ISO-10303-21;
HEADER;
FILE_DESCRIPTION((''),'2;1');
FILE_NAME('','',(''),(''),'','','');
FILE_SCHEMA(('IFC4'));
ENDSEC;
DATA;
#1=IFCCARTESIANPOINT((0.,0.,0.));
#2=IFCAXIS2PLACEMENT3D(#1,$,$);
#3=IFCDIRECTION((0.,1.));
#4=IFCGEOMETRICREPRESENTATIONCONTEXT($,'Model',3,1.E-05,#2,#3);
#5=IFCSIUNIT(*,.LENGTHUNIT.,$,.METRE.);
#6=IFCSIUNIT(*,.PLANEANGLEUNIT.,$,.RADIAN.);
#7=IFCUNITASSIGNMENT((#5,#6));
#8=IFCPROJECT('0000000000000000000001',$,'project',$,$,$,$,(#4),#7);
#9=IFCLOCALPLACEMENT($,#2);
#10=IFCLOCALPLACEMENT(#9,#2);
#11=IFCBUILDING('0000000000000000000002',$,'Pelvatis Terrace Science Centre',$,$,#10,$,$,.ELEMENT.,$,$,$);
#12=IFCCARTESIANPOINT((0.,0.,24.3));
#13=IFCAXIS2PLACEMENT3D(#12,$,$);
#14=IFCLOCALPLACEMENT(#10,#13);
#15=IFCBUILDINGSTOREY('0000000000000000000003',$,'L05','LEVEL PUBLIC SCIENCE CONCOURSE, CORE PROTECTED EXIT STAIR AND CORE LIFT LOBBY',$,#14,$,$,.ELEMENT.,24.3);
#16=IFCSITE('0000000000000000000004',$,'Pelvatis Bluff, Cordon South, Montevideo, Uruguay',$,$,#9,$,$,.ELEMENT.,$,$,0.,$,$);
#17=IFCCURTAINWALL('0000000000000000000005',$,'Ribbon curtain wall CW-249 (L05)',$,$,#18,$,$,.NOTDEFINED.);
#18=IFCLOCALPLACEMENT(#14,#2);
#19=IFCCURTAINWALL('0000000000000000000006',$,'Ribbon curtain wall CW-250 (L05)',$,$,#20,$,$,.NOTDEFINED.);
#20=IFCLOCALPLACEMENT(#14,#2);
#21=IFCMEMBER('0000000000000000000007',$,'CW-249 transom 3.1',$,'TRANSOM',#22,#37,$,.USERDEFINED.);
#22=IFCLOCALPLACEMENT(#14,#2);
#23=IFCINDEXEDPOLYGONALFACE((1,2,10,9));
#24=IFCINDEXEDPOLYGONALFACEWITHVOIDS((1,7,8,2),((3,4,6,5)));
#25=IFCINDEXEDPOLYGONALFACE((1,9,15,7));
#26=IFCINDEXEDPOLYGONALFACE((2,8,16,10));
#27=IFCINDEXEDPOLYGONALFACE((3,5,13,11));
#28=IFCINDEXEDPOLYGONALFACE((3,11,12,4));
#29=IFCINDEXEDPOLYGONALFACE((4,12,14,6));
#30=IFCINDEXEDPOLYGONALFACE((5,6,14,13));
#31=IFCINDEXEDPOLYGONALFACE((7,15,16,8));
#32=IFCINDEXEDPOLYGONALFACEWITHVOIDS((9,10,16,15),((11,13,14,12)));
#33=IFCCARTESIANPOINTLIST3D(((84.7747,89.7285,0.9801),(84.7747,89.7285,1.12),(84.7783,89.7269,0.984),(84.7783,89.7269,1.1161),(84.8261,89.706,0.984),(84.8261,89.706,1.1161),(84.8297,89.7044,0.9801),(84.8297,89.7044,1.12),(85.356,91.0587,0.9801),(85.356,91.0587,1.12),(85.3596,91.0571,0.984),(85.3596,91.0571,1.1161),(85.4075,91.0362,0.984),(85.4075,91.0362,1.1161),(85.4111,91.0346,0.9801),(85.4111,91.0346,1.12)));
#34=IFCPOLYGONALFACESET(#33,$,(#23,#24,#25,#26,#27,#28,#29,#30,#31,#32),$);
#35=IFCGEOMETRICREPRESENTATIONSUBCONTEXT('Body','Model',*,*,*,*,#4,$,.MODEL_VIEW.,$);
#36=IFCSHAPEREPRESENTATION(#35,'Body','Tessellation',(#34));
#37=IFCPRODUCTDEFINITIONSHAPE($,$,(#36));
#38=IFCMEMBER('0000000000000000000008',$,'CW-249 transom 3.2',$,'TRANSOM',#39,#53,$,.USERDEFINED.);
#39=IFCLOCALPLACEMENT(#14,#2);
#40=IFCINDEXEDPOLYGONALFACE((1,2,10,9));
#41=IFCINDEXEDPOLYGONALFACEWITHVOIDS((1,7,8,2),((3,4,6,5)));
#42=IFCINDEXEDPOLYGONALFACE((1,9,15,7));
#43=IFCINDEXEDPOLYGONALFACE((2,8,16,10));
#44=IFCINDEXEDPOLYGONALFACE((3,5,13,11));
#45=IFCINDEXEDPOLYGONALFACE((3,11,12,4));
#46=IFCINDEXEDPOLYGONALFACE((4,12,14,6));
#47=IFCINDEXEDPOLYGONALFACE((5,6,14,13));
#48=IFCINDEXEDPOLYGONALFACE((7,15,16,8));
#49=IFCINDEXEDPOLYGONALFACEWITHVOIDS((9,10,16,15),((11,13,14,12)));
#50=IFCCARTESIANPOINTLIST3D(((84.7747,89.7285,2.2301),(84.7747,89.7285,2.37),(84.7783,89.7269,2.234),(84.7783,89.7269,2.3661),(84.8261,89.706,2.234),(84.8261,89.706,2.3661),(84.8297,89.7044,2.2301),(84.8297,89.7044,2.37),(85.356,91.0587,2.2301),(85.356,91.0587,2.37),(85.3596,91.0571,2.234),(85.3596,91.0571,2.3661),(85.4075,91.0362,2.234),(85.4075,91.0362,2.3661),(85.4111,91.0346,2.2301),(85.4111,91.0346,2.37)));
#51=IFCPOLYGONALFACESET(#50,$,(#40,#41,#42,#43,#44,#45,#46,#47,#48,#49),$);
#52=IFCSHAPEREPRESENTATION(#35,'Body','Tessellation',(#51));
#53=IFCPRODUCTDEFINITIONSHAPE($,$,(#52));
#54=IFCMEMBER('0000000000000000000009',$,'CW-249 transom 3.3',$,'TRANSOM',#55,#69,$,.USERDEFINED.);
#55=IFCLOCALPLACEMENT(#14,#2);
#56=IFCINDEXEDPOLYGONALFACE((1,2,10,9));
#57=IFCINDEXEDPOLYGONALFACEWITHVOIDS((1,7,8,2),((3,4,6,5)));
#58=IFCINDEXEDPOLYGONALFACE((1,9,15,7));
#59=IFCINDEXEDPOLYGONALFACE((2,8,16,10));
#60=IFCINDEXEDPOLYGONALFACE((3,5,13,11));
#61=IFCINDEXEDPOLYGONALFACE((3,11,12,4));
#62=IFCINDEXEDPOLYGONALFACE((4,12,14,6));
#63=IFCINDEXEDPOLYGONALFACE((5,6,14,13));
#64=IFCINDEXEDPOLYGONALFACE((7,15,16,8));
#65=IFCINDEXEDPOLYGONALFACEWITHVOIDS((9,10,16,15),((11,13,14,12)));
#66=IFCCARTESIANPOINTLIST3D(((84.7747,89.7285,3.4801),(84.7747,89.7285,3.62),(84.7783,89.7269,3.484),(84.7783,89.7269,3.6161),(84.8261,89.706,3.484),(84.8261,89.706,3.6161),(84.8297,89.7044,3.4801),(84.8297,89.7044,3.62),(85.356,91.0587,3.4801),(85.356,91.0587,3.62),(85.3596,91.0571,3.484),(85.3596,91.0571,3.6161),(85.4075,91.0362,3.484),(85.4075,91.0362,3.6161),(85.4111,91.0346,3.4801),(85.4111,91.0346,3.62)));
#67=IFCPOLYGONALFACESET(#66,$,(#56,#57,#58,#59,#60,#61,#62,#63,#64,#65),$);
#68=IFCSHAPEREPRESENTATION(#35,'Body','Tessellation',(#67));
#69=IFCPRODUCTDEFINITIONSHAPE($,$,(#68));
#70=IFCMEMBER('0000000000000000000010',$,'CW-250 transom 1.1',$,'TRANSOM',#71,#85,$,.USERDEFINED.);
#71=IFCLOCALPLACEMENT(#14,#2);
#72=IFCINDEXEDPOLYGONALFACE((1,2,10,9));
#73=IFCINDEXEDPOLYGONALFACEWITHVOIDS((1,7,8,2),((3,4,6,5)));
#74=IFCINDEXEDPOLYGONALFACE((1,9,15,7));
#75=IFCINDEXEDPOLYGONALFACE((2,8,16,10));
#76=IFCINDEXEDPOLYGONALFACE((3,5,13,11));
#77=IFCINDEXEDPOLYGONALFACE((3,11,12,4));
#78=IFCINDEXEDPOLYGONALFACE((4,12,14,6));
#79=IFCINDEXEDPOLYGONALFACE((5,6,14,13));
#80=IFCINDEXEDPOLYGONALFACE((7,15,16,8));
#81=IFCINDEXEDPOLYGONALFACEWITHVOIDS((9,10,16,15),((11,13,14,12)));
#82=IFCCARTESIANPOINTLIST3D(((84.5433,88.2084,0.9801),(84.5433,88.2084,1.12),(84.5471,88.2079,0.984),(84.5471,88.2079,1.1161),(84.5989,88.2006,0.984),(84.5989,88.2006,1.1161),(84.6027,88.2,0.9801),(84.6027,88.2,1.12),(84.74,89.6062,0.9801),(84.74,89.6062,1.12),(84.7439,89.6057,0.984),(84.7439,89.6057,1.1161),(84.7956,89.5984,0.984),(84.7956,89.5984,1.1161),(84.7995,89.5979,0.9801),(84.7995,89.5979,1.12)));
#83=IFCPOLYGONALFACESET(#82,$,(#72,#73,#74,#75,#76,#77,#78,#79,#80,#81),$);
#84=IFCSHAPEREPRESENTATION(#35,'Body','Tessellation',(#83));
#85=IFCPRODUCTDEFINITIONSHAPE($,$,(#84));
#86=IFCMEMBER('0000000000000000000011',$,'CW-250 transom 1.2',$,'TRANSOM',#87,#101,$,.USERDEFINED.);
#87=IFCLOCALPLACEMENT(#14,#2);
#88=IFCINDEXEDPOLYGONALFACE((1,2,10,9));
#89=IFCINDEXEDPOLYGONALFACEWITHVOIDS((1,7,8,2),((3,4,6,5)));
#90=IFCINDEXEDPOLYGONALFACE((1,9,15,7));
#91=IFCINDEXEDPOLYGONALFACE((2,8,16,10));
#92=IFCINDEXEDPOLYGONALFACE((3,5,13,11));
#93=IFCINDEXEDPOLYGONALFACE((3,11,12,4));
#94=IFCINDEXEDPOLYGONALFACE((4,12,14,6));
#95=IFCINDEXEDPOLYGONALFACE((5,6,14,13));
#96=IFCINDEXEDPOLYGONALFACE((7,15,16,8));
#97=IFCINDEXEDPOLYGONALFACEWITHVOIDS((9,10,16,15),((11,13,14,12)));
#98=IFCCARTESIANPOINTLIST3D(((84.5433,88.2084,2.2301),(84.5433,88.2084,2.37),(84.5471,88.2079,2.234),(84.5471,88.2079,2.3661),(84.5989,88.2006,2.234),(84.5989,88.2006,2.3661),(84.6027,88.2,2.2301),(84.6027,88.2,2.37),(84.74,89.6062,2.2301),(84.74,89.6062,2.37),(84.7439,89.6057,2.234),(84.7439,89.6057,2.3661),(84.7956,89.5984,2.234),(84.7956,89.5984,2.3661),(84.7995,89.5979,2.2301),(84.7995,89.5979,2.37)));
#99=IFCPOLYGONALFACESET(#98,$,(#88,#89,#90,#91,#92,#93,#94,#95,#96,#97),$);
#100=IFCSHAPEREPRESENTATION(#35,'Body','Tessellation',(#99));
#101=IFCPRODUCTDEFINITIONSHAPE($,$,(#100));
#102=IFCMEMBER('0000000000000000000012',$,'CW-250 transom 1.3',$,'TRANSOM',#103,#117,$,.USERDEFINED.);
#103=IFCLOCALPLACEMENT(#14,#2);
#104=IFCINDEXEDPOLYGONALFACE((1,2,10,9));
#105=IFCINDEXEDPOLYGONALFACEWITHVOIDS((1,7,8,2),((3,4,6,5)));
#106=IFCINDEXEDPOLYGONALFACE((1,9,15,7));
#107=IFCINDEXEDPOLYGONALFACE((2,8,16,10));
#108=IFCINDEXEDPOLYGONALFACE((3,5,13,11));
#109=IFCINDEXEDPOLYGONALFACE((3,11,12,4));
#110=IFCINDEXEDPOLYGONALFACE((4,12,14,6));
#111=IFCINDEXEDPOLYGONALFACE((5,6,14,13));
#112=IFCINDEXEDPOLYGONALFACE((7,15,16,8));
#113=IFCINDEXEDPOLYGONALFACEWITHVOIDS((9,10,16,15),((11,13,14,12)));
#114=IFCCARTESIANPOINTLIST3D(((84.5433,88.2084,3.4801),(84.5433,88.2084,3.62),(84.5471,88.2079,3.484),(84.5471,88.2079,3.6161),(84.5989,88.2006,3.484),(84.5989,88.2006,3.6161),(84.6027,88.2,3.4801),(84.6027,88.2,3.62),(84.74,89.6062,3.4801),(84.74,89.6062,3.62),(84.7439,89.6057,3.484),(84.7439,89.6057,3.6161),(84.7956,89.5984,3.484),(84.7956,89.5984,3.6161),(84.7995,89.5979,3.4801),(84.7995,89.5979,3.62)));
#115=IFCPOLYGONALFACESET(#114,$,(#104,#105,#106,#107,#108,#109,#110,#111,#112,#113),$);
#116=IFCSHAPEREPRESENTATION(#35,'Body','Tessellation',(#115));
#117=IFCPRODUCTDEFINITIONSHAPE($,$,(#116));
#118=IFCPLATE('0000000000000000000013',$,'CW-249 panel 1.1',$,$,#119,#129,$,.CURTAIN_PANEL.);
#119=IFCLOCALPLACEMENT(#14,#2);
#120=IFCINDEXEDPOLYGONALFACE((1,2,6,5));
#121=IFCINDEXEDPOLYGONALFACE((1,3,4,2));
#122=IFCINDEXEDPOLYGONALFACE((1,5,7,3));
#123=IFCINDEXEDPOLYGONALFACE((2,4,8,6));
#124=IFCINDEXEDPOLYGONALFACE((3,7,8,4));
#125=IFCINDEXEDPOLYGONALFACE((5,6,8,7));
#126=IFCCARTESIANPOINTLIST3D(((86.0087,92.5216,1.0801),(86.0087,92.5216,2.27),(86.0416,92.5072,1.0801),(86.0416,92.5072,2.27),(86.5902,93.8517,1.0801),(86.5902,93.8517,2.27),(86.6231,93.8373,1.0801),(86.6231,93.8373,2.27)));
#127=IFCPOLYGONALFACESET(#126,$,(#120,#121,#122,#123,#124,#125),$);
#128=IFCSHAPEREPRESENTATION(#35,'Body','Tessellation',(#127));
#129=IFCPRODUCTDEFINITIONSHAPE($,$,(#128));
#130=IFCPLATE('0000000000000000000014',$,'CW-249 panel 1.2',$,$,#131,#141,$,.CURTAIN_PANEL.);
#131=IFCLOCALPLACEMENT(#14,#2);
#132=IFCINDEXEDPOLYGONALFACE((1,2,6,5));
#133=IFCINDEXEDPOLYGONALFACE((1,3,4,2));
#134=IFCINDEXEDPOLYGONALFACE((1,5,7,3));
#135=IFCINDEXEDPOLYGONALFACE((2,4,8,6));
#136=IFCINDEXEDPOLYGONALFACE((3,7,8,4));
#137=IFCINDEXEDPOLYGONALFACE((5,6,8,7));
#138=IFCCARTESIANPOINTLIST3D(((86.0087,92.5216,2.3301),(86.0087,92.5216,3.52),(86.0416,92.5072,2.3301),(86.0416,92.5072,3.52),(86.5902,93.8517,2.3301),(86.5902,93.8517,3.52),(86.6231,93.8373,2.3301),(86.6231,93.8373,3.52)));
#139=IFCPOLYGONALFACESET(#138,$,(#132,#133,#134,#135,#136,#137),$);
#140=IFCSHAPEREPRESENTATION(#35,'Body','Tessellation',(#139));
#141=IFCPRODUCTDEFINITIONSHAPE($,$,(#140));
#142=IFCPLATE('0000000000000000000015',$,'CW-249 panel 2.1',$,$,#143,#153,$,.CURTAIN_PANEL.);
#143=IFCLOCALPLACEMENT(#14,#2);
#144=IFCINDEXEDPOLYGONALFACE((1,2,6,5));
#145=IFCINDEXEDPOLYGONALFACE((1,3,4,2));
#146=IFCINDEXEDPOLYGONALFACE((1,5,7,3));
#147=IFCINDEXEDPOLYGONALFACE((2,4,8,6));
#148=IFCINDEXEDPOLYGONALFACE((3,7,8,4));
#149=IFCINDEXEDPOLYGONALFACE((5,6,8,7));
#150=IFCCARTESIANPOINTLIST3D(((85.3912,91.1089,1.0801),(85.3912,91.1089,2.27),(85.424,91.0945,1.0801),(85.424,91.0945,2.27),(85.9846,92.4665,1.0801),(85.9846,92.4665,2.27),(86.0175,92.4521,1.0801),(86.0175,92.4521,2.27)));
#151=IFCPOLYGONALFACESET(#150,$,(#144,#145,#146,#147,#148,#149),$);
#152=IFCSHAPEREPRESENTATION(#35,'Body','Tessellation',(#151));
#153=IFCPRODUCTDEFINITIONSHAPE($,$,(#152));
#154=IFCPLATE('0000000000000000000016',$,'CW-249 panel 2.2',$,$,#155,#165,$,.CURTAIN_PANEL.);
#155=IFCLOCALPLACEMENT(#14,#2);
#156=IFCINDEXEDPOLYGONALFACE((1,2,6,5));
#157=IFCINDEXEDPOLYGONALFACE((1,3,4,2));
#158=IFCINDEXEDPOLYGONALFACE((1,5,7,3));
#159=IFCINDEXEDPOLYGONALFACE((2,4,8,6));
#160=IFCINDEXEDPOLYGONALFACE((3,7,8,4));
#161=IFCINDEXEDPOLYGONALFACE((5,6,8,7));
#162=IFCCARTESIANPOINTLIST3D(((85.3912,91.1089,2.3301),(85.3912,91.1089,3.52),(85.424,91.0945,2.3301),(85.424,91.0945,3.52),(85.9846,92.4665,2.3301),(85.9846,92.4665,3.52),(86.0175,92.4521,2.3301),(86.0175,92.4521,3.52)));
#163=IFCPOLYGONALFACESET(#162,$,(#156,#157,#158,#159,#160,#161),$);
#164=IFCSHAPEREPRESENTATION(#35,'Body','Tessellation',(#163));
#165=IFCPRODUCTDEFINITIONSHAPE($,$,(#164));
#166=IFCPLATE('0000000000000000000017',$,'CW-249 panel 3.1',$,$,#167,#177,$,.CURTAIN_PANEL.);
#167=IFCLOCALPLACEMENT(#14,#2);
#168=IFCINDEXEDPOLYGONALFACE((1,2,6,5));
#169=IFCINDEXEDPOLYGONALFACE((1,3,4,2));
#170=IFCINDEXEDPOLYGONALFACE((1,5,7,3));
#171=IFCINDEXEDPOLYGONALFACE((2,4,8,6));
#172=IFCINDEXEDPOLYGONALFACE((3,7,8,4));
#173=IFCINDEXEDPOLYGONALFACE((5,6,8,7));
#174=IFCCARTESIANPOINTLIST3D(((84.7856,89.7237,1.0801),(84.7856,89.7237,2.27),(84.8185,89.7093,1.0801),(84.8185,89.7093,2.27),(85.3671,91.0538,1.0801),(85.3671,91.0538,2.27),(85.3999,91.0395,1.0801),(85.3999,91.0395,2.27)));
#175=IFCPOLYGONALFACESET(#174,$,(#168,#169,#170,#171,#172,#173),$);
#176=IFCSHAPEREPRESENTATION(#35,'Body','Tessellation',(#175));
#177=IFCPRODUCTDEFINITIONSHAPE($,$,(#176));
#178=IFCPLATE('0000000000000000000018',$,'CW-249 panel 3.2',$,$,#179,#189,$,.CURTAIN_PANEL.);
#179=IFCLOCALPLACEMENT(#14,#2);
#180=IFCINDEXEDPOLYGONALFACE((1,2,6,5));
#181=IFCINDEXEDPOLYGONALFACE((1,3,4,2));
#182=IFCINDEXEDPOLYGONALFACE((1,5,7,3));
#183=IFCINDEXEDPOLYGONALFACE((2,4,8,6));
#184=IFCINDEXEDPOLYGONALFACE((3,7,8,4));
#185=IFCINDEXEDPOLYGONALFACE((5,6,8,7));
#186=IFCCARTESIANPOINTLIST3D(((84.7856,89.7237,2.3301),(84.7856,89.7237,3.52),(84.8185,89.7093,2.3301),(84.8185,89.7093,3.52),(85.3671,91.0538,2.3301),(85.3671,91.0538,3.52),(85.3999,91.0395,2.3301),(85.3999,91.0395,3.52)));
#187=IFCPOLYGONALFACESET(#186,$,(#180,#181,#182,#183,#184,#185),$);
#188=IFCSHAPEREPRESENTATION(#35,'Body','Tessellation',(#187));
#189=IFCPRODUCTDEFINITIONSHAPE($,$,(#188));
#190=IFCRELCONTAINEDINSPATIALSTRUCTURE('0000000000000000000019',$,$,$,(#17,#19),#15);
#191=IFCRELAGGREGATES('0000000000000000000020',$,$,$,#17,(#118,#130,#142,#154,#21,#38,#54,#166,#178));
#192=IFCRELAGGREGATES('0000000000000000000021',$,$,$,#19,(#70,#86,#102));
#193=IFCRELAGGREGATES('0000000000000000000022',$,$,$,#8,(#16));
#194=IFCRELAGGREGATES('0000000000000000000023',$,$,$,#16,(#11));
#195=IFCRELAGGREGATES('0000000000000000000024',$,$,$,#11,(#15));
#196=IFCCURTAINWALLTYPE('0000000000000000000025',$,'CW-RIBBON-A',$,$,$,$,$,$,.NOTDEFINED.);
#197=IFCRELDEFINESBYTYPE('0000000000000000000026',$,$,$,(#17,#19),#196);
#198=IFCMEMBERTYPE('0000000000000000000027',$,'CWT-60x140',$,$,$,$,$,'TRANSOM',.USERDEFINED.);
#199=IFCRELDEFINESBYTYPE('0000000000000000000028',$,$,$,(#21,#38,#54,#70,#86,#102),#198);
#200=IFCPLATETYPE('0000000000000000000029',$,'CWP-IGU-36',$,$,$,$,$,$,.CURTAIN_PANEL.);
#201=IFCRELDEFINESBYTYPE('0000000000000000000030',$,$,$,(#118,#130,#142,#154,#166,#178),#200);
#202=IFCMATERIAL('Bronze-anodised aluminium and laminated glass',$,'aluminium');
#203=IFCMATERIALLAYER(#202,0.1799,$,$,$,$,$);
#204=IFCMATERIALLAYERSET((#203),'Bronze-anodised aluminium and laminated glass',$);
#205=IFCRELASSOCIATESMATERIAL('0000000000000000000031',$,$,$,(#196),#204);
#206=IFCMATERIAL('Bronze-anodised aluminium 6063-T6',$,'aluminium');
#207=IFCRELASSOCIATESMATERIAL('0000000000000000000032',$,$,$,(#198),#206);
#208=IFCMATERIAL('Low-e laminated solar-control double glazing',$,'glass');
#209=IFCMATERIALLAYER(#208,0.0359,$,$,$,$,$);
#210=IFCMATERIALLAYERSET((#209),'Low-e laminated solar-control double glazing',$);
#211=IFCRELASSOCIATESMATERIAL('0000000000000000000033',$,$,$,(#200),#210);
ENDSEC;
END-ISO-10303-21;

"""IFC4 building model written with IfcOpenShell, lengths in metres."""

from ifc_helpers import new_model, si_unit, direction, frame, origin, origin_2d, place, context, subcontext, project, spatial, rectangle, hollow_rectangle, extrude, material, layer, layer_set, material_profile, profile_set, type_object, element, aggregate, save


model = new_model("IFC4")

# Units and contexts
model_context = context("Model", 3, precision=1e-05, world=origin(), true_north=direction((0.0, 1.0)))
body_context = subcontext(model_context, "Body", "Model", "MODEL_VIEW")
ifc_project = project(units=[si_unit("LENGTHUNIT", "METRE"), si_unit("PLANEANGLEUNIT", "RADIAN")], contexts=[model_context])

# Site, building, storey
site_placement = place(None, origin())
site = spatial("IfcSite", under=ifc_project, at=site_placement, Name="Pelvatis Bluff, Cordon South, Montevideo, Uruguay", CompositionType="ELEMENT", RefElevation=0.0)
building_placement = place(site_placement, origin())
building = spatial("IfcBuilding", under=site, at=building_placement, Name="Pelvatis Terrace Science Centre", CompositionType="ELEMENT")
storey_placement = place(building_placement, frame((0.0, 0.0, 24.3)))
storey = spatial("IfcBuildingStorey", under=building, at=storey_placement, Name="L05", Description="LEVEL PUBLIC SCIENCE CONCOURSE, CORE PROTECTED EXIT STAIR AND CORE LIFT LOBBY", CompositionType="ELEMENT", Elevation=24.3)

# Curtain wall
ifc_material_1 = material(Name="Bronze-anodised aluminium and laminated glass", Category="aluminium")
ifc_layer_1 = layer(ifc_material_1, 0.1799)
ifc_layer_set_1 = layer_set([ifc_layer_1], Name="Bronze-anodised aluminium and laminated glass")
curtain_wall_type = type_object("IfcCurtainWallType", Name="CW-RIBBON-A", PredefinedType="NOTDEFINED", material=ifc_layer_set_1)
curtain_wall_1_placement = place(storey_placement, origin())
curtain_wall_1 = element("IfcCurtainWall", 1, at=curtain_wall_1_placement, inside=storey, type_object=curtain_wall_type, Name="Ribbon curtain wall CW-249 (L05)", PredefinedType="NOTDEFINED")

# Curtain wall
curtain_wall_2_placement = place(storey_placement, origin())
curtain_wall_2 = element("IfcCurtainWall", 2, at=curtain_wall_2_placement, inside=storey, type_object=curtain_wall_type, Name="Ribbon curtain wall CW-250 (L05)", PredefinedType="NOTDEFINED")

# Members
ifc_material_2 = material(Name="Bronze-anodised aluminium 6063-T6", Category="aluminium")
ifc_material_profile_1 = material_profile(ifc_material_2, hollow_rectangle(XDim=0.0601, YDim=0.1399, WallThickness=0.0039, at=origin_2d()), Name="ALU-TRN 60x140")
ifc_profile_set_1 = profile_set([ifc_material_profile_1], Name="Bronze-anodised aluminium 6063-T6")
member_type_1 = type_object("IfcMemberType", Name="CWT-60x140", ElementType="TRANSOM", PredefinedType="USERDEFINED", material=ifc_profile_set_1)
member_1_placement = place(storey_placement, frame((85.3835, 91.0466, 1.05), z_axis=(-0.400466, -0.916312, 0.0), x_axis=(0.916312, -0.400466, 0.0)))
member_1 = element("IfcMember", 3, at=member_1_placement, type_object=member_type_1, Name="CW-249 transom 3.1", ObjectType="TRANSOM", PredefinedType="USERDEFINED", context=body_context, shape_type="SweptSolid", body=[
    extrude(hollow_rectangle(XDim=0.0601, YDim=0.1399, WallThickness=0.0039, at=origin_2d()), origin(), (0.0, 0.0, 1.0), 1.4517),
])
member_2_placement = place(storey_placement, frame((85.3835, 91.0466, 2.3), z_axis=(-0.400466, -0.916312, 0.0), x_axis=(0.916312, -0.400466, 0.0)))
member_2 = element("IfcMember", 4, at=member_2_placement, type_object=member_type_1, Name="CW-249 transom 3.2", ObjectType="TRANSOM", PredefinedType="USERDEFINED", context=body_context, shape_type="SweptSolid", body=[
    extrude(hollow_rectangle(XDim=0.0601, YDim=0.1399, WallThickness=0.0039, at=origin_2d()), origin(), (0.0, 0.0, 1.0), 1.4517),
])
member_3_placement = place(storey_placement, frame((85.3835, 91.0466, 3.55), z_axis=(-0.400466, -0.916312, 0.0), x_axis=(0.916312, -0.400466, 0.0)))
member_3 = element("IfcMember", 5, at=member_3_placement, type_object=member_type_1, Name="CW-249 transom 3.3", ObjectType="TRANSOM", PredefinedType="USERDEFINED", context=body_context, shape_type="SweptSolid", body=[
    extrude(hollow_rectangle(XDim=0.0601, YDim=0.1399, WallThickness=0.0039, at=origin_2d()), origin(), (0.0, 0.0, 1.0), 1.4517),
])
member_4_placement = place(storey_placement, frame((84.7698, 89.6021, 1.05), z_axis=(-0.139387, -0.990238, 0.0), x_axis=(0.990238, -0.139387, 0.0)))
member_4 = element("IfcMember", 6, at=member_4_placement, type_object=member_type_1, Name="CW-250 transom 1.1", ObjectType="TRANSOM", PredefinedType="USERDEFINED", context=body_context, shape_type="SweptSolid", body=[
    extrude(hollow_rectangle(XDim=0.0601, YDim=0.1399, WallThickness=0.0039, at=origin_2d()), origin(), (0.0, 0.0, 1.0), 1.4116),
])
member_5_placement = place(storey_placement, frame((84.7698, 89.6021, 2.3), z_axis=(-0.139387, -0.990238, 0.0), x_axis=(0.990238, -0.139387, 0.0)))
member_5 = element("IfcMember", 7, at=member_5_placement, type_object=member_type_1, Name="CW-250 transom 1.2", ObjectType="TRANSOM", PredefinedType="USERDEFINED", context=body_context, shape_type="SweptSolid", body=[
    extrude(hollow_rectangle(XDim=0.0601, YDim=0.1399, WallThickness=0.0039, at=origin_2d()), origin(), (0.0, 0.0, 1.0), 1.4116),
])
member_6_placement = place(storey_placement, frame((84.7698, 89.6021, 3.55), z_axis=(-0.139387, -0.990238, 0.0), x_axis=(0.990238, -0.139387, 0.0)))
member_6 = element("IfcMember", 8, at=member_6_placement, type_object=member_type_1, Name="CW-250 transom 1.3", ObjectType="TRANSOM", PredefinedType="USERDEFINED", context=body_context, shape_type="SweptSolid", body=[
    extrude(hollow_rectangle(XDim=0.0601, YDim=0.1399, WallThickness=0.0039, at=origin_2d()), origin(), (0.0, 0.0, 1.0), 1.4116),
])

# Plates
ifc_material_3 = material(Name="Low-e laminated solar-control double glazing", Category="glass")
ifc_layer_2 = layer(ifc_material_3, 0.0359)
ifc_layer_set_2 = layer_set([ifc_layer_2], Name="Low-e laminated solar-control double glazing")
plate_type = type_object("IfcPlateType", Name="CWP-IGU-36", PredefinedType="CURTAIN_PANEL", material=ifc_layer_set_2)
plate_1_placement = place(storey_placement, frame((86.3159, 93.1794, 1.0801), z_axis=(0.0, 0.0, 1.0), x_axis=(-0.40055, -0.916275, 0.0)))
plate_1 = element("IfcPlate", 9, at=plate_1_placement, type_object=plate_type, Name="CW-249 panel 1.1", PredefinedType="CURTAIN_PANEL", context=body_context, shape_type="SweptSolid", body=[
    extrude(rectangle(XDim=1.4517, YDim=0.0359, at=origin_2d()), origin(), (0.0, 0.0, 1.0), 1.1899),
])
plate_2_placement = place(storey_placement, frame((86.3159, 93.1794, 2.3301), z_axis=(0.0, 0.0, 1.0), x_axis=(-0.40055, -0.916275, 0.0)))
plate_2 = element("IfcPlate", 10, at=plate_2_placement, type_object=plate_type, Name="CW-249 panel 1.2", PredefinedType="CURTAIN_PANEL", context=body_context, shape_type="SweptSolid", body=[
    extrude(rectangle(XDim=1.4517, YDim=0.0359, at=origin_2d()), origin(), (0.0, 0.0, 1.0), 1.1899),
])
plate_3_placement = place(storey_placement, frame((85.7043, 91.7805, 1.0801), z_axis=(0.0, 0.0, 1.0), x_axis=(-0.40055, -0.916275, 0.0)))
plate_3 = element("IfcPlate", 11, at=plate_3_placement, type_object=plate_type, Name="CW-249 panel 2.1", PredefinedType="CURTAIN_PANEL", context=body_context, shape_type="SweptSolid", body=[
    extrude(rectangle(XDim=1.4817, YDim=0.0359, at=origin_2d()), origin(), (0.0, 0.0, 1.0), 1.1899),
])
plate_4_placement = place(storey_placement, frame((85.7043, 91.7805, 2.3301), z_axis=(0.0, 0.0, 1.0), x_axis=(-0.40055, -0.916275, 0.0)))
plate_4 = element("IfcPlate", 12, at=plate_4_placement, type_object=plate_type, Name="CW-249 panel 2.2", PredefinedType="CURTAIN_PANEL", context=body_context, shape_type="SweptSolid", body=[
    extrude(rectangle(XDim=1.4817, YDim=0.0359, at=origin_2d()), origin(), (0.0, 0.0, 1.0), 1.1899),
])
plate_5_placement = place(storey_placement, frame((85.0928, 90.3816, 1.0801), z_axis=(0.0, 0.0, 1.0), x_axis=(-0.40055, -0.916275, 0.0)))
plate_5 = element("IfcPlate", 13, at=plate_5_placement, type_object=plate_type, Name="CW-249 panel 3.1", PredefinedType="CURTAIN_PANEL", context=body_context, shape_type="SweptSolid", body=[
    extrude(rectangle(XDim=1.4517, YDim=0.0359, at=origin_2d()), origin(), (0.0, 0.0, 1.0), 1.1899),
])
plate_6_placement = place(storey_placement, frame((85.0928, 90.3816, 2.3301), z_axis=(0.0, 0.0, 1.0), x_axis=(-0.40055, -0.916275, 0.0)))
plate_6 = element("IfcPlate", 14, at=plate_6_placement, type_object=plate_type, Name="CW-249 panel 3.2", PredefinedType="CURTAIN_PANEL", context=body_context, shape_type="SweptSolid", body=[
    extrude(rectangle(XDim=1.4517, YDim=0.0359, at=origin_2d()), origin(), (0.0, 0.0, 1.0), 1.1899),
])
aggregate(curtain_wall_1, [plate_1, plate_2, plate_3, plate_4, member_1, member_2, member_3, plate_5, plate_6])
aggregate(curtain_wall_2, [member_4, member_5, member_6])

save(model, "model.ifc")
